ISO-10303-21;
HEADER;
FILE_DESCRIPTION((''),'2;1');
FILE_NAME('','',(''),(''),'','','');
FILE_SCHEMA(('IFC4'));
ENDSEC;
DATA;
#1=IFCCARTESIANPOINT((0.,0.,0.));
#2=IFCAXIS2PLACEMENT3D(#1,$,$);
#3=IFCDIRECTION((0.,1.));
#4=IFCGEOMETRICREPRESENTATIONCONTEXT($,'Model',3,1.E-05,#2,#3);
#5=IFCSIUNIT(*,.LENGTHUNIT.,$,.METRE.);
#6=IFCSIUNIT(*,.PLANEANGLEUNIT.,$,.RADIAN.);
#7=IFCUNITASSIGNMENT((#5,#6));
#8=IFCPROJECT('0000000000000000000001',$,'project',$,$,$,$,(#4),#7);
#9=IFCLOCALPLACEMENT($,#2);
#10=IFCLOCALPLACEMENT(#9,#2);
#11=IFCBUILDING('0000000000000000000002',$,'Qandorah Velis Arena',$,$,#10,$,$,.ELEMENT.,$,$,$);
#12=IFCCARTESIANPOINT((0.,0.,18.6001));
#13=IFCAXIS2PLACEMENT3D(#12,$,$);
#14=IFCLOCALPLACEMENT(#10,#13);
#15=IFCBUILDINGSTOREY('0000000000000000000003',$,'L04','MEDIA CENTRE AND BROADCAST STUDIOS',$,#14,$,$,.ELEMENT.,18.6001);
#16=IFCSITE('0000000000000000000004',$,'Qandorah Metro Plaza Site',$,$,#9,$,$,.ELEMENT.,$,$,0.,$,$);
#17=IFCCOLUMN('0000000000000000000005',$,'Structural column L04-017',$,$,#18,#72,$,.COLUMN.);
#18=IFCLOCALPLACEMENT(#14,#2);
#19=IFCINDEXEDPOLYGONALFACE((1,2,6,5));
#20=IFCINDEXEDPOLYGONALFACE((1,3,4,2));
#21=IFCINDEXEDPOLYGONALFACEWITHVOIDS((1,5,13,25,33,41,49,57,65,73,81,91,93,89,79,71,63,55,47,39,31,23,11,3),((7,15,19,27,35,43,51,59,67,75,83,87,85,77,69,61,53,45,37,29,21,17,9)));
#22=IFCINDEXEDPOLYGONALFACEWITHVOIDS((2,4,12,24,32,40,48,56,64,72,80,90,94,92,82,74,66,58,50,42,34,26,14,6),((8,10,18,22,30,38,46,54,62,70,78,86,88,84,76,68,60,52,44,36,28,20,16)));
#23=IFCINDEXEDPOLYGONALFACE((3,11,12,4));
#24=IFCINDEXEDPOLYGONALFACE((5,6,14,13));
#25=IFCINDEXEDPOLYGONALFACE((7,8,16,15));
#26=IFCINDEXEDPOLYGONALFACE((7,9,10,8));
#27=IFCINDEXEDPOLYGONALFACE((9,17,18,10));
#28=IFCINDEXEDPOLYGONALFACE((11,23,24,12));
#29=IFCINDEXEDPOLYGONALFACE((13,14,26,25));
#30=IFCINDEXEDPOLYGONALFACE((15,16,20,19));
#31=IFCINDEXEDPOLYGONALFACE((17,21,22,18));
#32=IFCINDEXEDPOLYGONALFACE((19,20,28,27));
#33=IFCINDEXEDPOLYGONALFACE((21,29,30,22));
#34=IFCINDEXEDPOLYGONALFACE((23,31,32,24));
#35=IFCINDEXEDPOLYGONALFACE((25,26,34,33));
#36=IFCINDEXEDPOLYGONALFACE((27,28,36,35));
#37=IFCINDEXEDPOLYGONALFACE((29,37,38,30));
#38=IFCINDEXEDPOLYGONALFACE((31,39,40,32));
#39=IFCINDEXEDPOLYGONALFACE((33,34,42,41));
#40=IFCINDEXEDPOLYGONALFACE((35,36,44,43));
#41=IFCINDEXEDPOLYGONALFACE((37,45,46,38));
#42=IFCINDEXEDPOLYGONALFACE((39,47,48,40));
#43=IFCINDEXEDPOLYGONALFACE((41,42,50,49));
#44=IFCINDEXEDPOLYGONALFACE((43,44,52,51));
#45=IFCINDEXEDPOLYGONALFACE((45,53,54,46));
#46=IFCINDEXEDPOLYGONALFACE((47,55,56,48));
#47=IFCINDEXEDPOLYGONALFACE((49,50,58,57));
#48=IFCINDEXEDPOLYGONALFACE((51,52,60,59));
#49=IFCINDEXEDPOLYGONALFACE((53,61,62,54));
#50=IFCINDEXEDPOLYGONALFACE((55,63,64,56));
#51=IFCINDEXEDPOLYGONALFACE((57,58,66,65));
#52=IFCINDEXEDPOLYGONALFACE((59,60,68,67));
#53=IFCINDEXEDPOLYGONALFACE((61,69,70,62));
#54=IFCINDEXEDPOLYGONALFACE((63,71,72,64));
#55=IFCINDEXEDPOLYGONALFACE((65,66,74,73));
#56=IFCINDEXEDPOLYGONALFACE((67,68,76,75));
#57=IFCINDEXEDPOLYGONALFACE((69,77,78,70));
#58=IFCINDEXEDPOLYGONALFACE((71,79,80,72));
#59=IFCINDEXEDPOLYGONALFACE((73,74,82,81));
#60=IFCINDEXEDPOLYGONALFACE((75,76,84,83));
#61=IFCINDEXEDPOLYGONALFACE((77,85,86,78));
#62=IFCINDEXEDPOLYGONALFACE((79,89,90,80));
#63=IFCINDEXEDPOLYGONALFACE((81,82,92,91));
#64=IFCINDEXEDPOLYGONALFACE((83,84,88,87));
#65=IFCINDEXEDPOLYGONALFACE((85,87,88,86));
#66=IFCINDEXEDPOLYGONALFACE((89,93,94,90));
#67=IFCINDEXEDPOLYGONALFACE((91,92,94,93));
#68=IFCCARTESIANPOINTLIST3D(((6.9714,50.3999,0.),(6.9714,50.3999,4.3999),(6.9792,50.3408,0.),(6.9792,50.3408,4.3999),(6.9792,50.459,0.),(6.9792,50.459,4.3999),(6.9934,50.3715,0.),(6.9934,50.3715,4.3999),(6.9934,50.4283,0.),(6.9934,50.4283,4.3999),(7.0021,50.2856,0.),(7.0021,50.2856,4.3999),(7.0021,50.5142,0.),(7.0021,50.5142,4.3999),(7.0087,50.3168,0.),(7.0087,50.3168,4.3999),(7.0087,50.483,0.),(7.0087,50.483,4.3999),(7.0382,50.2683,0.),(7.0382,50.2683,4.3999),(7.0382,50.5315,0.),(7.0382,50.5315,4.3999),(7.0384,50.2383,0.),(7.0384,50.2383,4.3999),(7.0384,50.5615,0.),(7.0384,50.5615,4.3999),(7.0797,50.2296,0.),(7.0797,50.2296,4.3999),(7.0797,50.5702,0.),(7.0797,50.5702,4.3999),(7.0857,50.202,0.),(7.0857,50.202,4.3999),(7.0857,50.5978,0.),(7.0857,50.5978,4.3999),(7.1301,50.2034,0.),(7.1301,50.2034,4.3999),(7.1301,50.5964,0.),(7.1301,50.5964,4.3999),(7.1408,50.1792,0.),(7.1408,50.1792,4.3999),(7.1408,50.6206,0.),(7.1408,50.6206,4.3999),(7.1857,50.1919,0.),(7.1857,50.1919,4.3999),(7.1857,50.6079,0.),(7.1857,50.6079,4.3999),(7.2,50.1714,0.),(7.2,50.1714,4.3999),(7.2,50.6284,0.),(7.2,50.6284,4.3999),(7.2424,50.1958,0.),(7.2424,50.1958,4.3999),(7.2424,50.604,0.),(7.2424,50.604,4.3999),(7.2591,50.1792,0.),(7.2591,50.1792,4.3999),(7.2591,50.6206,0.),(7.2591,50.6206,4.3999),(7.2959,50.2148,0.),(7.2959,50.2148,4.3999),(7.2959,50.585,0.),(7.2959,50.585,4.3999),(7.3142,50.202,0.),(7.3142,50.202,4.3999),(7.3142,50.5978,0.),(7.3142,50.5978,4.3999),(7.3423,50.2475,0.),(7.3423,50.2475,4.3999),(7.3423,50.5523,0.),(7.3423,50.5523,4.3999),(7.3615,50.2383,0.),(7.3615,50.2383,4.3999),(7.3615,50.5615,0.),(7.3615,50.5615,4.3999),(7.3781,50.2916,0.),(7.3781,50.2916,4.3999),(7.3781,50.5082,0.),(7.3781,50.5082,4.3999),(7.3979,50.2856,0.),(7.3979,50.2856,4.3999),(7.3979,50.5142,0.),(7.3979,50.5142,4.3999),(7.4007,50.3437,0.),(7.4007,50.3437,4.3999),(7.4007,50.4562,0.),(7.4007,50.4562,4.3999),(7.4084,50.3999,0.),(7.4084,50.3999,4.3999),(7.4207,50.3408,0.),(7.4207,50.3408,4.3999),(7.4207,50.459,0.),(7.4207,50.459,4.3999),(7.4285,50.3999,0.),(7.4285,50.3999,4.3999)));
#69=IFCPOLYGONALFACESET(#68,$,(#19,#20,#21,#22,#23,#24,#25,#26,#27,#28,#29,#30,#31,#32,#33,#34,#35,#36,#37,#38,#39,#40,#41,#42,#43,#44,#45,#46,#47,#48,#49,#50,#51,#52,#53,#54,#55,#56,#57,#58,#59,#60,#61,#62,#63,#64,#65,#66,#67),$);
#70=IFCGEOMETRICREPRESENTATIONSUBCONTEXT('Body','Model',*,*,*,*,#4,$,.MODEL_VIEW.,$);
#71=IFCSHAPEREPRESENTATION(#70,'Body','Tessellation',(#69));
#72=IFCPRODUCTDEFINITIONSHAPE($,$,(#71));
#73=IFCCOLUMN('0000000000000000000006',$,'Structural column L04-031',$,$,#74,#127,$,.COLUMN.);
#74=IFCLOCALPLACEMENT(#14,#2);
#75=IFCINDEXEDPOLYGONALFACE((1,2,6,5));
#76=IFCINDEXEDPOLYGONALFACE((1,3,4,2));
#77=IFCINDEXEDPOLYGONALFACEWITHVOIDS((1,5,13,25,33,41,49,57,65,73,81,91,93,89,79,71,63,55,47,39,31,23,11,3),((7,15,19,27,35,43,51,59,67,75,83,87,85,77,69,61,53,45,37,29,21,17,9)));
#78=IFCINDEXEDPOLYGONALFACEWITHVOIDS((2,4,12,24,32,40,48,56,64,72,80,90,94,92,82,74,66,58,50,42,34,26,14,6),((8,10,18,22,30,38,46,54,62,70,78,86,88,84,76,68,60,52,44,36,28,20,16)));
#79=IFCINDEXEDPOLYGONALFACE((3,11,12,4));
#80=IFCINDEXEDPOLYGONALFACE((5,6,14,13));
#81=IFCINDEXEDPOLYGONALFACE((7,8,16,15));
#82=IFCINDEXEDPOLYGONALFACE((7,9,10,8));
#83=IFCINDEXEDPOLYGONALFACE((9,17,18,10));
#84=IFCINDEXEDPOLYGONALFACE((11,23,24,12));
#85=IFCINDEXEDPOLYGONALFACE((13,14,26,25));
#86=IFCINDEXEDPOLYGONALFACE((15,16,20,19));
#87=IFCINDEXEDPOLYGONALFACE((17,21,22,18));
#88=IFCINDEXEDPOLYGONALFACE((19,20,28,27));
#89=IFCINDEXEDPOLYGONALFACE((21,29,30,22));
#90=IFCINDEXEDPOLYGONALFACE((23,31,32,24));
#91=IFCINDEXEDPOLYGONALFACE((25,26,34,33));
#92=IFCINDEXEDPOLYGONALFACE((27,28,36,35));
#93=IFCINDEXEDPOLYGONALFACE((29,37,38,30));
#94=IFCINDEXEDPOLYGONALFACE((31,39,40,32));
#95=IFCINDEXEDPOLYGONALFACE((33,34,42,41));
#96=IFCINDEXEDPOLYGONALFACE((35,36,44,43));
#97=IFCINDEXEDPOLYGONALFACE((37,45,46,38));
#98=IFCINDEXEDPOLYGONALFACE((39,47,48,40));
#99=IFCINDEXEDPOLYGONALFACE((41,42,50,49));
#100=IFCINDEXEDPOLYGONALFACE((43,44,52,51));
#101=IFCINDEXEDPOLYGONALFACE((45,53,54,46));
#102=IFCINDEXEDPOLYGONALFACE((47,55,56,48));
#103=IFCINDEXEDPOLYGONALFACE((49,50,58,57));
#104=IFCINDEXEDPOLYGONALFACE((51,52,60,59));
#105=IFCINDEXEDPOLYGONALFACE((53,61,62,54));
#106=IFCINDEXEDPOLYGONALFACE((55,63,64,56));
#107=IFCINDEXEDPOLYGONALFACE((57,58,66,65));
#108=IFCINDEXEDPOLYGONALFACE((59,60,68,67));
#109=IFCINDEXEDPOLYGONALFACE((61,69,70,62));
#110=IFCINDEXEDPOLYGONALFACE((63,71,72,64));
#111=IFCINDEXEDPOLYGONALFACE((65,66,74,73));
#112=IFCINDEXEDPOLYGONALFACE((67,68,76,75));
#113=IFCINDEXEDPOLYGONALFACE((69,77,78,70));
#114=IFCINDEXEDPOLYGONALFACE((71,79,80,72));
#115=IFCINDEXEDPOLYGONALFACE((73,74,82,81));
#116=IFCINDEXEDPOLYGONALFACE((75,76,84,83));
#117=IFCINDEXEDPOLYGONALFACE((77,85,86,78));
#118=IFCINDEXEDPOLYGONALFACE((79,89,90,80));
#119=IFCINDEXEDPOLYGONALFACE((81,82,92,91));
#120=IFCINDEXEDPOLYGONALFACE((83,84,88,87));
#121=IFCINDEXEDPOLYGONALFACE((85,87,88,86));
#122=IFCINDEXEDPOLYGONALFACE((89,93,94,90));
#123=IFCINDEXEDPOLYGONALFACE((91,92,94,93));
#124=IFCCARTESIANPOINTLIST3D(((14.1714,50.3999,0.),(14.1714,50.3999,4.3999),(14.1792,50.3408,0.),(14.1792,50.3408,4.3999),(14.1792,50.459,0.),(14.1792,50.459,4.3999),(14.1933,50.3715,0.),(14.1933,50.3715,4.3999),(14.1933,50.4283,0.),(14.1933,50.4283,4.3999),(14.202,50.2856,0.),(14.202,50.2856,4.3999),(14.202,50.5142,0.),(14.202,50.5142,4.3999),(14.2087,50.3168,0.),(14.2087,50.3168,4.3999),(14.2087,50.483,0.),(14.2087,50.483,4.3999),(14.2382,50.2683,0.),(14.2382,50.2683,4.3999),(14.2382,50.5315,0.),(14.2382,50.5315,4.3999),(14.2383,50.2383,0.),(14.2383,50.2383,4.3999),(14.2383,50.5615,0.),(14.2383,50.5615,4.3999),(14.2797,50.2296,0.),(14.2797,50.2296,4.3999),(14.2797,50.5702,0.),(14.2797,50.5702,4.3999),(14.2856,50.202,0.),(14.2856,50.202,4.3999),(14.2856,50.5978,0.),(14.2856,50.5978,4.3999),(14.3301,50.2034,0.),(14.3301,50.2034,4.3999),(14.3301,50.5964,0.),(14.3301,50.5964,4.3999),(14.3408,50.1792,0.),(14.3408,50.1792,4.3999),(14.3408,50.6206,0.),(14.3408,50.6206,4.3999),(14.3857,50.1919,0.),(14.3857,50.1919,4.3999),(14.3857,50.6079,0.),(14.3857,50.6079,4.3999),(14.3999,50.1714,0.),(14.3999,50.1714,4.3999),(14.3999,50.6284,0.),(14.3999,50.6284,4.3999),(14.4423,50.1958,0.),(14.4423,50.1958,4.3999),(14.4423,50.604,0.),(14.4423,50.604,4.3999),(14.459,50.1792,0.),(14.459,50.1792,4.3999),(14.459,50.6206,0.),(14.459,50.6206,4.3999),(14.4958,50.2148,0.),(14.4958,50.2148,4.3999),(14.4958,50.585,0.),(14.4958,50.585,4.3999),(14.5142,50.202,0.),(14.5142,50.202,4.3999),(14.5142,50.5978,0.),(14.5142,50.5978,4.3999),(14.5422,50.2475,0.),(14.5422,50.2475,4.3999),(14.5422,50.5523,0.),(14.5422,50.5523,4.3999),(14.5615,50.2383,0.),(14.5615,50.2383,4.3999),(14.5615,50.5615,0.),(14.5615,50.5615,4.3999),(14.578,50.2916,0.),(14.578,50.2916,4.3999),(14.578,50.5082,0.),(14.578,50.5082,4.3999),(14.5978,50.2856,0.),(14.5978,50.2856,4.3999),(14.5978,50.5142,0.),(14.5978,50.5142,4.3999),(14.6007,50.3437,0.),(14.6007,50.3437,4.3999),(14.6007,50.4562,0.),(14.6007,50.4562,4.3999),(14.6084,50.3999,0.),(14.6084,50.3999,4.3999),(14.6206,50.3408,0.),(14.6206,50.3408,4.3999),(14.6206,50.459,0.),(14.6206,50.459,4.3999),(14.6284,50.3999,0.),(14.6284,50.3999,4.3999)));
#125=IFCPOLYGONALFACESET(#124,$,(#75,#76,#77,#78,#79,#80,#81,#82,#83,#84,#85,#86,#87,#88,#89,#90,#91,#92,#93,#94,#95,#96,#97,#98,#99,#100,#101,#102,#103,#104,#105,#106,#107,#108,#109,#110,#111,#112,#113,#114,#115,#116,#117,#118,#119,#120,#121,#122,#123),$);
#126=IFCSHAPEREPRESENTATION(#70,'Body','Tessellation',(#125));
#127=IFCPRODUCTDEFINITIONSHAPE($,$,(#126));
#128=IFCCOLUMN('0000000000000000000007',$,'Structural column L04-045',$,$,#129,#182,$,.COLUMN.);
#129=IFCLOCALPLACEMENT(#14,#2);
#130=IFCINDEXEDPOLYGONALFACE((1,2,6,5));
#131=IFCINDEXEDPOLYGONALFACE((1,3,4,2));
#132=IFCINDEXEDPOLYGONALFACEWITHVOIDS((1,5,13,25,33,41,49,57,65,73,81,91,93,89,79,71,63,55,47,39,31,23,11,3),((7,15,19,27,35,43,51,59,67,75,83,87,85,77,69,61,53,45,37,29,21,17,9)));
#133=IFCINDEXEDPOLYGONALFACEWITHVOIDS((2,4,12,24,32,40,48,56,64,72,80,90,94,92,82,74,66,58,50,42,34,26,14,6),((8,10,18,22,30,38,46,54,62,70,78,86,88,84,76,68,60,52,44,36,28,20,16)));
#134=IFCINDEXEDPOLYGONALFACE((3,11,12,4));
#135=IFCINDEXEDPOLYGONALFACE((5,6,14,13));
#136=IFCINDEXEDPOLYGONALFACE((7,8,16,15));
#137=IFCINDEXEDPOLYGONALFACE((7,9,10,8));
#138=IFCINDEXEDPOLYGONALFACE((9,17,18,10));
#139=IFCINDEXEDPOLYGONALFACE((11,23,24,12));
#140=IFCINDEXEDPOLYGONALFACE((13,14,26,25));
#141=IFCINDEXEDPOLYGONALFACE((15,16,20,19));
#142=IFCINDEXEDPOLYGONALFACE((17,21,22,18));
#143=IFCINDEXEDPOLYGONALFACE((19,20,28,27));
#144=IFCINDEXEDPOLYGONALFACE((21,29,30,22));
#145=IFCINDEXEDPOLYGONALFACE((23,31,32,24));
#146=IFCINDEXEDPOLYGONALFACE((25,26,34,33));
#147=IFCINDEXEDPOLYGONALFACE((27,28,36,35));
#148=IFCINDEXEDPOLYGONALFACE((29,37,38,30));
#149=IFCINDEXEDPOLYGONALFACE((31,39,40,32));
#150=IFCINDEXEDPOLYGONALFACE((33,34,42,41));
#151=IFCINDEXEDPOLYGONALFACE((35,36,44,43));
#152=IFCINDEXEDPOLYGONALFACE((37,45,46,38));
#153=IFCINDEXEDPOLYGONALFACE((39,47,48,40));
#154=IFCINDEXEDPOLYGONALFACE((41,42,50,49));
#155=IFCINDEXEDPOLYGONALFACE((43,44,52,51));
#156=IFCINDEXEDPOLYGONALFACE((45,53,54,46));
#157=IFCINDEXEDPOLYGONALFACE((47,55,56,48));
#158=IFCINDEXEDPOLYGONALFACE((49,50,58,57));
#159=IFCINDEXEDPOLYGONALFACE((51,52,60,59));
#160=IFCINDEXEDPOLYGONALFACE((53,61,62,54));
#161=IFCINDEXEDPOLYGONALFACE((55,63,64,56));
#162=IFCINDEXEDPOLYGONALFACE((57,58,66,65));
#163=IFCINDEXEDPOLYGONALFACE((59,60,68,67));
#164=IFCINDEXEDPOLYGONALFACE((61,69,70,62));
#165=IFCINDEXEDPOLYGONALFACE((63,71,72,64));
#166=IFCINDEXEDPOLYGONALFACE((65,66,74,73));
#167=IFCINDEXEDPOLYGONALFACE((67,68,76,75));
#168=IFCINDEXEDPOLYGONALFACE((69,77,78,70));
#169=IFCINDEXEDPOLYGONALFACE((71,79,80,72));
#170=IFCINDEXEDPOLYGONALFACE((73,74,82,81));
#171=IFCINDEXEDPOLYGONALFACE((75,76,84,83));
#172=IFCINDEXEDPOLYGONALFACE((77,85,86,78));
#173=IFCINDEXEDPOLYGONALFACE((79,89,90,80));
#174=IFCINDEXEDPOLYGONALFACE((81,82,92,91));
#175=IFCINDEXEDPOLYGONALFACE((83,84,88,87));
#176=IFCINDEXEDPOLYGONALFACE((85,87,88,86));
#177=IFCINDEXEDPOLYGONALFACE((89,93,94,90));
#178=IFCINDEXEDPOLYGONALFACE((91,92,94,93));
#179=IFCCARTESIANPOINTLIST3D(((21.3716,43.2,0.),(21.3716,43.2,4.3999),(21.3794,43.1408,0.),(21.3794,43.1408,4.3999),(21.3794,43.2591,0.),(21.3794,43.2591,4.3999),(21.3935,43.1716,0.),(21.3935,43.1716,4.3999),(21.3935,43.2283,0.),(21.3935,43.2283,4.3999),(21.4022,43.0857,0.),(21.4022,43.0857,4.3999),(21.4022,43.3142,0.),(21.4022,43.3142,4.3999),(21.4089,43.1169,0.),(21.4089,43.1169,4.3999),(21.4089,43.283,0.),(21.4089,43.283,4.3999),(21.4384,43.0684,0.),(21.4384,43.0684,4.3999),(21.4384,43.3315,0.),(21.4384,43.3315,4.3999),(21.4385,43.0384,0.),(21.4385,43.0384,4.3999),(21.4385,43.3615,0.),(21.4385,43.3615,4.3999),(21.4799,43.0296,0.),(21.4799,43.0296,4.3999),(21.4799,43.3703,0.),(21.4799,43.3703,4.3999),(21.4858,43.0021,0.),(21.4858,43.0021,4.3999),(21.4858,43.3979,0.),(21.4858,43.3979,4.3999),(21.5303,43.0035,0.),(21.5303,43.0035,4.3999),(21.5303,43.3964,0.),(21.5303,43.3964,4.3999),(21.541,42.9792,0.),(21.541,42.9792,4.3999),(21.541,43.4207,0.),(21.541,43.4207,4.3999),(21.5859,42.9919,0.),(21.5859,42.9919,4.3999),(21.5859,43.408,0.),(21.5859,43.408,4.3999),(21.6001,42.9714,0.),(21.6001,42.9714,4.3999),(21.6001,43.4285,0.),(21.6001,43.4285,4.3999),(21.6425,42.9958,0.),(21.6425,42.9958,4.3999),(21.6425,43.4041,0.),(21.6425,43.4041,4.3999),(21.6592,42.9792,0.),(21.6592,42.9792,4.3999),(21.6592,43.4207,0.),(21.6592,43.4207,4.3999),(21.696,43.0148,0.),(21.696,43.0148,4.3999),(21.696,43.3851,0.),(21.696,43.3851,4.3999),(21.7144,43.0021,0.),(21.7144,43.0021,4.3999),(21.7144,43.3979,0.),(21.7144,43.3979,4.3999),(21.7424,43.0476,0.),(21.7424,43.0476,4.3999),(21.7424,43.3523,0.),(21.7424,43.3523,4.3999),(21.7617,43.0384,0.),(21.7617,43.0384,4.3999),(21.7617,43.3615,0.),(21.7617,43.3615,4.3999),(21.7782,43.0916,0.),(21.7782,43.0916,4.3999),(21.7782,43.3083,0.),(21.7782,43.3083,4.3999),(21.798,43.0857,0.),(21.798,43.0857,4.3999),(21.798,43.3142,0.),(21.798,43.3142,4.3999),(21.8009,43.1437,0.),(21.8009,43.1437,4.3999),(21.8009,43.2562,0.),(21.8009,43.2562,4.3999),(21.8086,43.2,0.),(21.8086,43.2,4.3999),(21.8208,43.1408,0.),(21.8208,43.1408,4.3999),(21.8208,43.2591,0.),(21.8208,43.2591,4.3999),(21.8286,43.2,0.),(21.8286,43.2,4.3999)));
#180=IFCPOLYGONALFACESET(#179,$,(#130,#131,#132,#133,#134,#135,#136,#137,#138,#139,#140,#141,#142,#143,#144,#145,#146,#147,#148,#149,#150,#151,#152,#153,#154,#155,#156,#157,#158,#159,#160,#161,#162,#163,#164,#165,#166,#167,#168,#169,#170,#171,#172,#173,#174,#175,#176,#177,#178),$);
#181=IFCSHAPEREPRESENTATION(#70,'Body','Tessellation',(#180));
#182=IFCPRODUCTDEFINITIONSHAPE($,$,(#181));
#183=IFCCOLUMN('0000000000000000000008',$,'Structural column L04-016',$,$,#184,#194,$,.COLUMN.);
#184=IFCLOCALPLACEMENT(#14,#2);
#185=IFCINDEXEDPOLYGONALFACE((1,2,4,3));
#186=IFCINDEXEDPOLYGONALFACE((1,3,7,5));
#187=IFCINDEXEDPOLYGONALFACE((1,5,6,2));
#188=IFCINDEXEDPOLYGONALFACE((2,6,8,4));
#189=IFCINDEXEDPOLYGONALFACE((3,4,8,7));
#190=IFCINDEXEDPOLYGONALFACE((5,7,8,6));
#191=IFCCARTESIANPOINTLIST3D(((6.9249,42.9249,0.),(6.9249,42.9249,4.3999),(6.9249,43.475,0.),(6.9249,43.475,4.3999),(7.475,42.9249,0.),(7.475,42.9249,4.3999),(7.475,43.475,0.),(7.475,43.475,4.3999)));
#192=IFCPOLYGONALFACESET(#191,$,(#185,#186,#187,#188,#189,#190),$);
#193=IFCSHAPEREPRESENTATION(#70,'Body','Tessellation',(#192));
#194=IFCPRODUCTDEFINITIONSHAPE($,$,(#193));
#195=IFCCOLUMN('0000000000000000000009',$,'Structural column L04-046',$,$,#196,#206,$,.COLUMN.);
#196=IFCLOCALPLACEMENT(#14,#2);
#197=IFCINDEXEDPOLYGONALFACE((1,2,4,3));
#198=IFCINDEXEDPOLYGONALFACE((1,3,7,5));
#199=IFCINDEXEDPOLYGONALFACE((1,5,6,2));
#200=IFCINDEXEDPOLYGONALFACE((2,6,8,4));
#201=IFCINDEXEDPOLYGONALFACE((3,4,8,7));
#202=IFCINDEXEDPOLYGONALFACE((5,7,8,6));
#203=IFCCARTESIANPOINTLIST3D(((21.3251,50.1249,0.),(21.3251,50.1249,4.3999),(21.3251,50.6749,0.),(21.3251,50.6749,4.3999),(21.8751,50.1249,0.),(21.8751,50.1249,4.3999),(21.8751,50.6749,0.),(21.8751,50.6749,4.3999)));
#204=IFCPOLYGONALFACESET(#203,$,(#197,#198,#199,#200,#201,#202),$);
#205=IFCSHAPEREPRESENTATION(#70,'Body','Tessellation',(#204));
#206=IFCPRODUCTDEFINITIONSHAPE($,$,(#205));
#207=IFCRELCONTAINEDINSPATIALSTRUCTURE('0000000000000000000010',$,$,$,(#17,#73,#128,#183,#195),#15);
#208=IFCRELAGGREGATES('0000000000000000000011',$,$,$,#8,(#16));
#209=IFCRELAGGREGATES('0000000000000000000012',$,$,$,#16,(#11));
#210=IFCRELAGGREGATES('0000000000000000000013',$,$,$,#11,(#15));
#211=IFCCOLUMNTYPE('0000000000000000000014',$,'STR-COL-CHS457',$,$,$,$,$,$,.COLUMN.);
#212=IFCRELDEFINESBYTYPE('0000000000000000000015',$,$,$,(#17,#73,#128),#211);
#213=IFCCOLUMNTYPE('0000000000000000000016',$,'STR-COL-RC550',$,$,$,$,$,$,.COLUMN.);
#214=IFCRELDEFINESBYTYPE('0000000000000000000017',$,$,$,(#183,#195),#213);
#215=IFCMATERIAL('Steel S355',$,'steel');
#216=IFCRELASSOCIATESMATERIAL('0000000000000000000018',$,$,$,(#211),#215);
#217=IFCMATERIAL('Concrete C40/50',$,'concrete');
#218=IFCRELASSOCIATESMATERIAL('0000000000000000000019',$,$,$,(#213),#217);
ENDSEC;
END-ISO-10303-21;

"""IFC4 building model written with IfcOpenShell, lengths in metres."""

from ifc_helpers import new_model, si_unit, direction, frame, origin, origin_2d, place, context, subcontext, project, spatial, rectangle, hollow_circle, extrude, material, material_profile, profile_set, type_object, element, save


model = new_model("IFC4")

# Units and contexts
model_context = context("Model", 3, precision=1e-05, world=origin(), true_north=direction((0.0, 1.0)))
body_context = subcontext(model_context, "Body", "Model", "MODEL_VIEW")
ifc_project = project(units=[si_unit("LENGTHUNIT", "METRE"), si_unit("PLANEANGLEUNIT", "RADIAN")], contexts=[model_context])

# Site, building, storey
site_placement = place(None, origin())
site = spatial("IfcSite", under=ifc_project, at=site_placement, Name="Qandorah Metro Plaza Site", CompositionType="ELEMENT", RefElevation=0.0)
building_placement = place(site_placement, origin())
building = spatial("IfcBuilding", under=site, at=building_placement, Name="Qandorah Velis Arena", CompositionType="ELEMENT")
storey_placement = place(building_placement, frame((0.0, 0.0, 18.6001)))
storey = spatial("IfcBuildingStorey", under=building, at=storey_placement, Name="L04", Description="MEDIA CENTRE AND BROADCAST STUDIOS", CompositionType="ELEMENT", Elevation=18.6001)

# Columns
ifc_material_1 = material(Name="Steel S355", Category="steel")
ifc_material_profile_1 = material_profile(ifc_material_1, hollow_circle(Radius=0.2285, WallThickness=0.02, at=origin_2d()), Name="CHS 457x20")
ifc_profile_set_1 = profile_set([ifc_material_profile_1], Name="Steel S355")
column_type_1 = type_object("IfcColumnType", Name="STR-COL-CHS457", PredefinedType="COLUMN", material=ifc_profile_set_1)
for number, where, z_axis, x_axis, name in (
    (1, (7.2, 50.3999, 0.0), (0.0, 0.0, 1.0), (1.0, 0.0, 0.0), "Structural column L04-017"),
    (2, (14.3999, 50.3999, 0.0), (0.0, 0.0, 1.0), (1.0, 0.0, 0.0), "Structural column L04-031"),
    (3, (21.6001, 43.2, 0.0), (0.0, 0.0, 1.0), (1.0, 0.0, 0.0), "Structural column L04-045"),
):
    element("IfcColumn", number, at=place(storey_placement, frame(where, z_axis=z_axis, x_axis=x_axis)), inside=storey, type_object=column_type_1, Name=name, PredefinedType="COLUMN", context=body_context, shape_type="SweptSolid", body=[
        extrude(hollow_circle(Radius=0.2285, WallThickness=0.02, at=origin_2d()), origin(), (0.0, 0.0, 1.0), 4.3999),
    ])
ifc_material_2 = material(Name="Concrete C40/50", Category="concrete")
ifc_material_profile_2 = material_profile(ifc_material_2, rectangle(XDim=0.55, YDim=0.55, at=origin_2d()), Name="RC COL 550x550")
ifc_profile_set_2 = profile_set([ifc_material_profile_2], Name="Concrete C40/50")
column_type_2 = type_object("IfcColumnType", Name="STR-COL-RC550", PredefinedType="COLUMN", material=ifc_profile_set_2)
for number, where, z_axis, x_axis, name in (
    (4, (7.2, 43.2, 0.0), (0.0, 0.0, 1.0), (1.0, 0.0, 0.0), "Structural column L04-016"),
    (5, (21.6001, 50.3999, 0.0), (0.0, 0.0, 1.0), (1.0, 0.0, 0.0), "Structural column L04-046"),
):
    element("IfcColumn", number, at=place(storey_placement, frame(where, z_axis=z_axis, x_axis=x_axis)), inside=storey, type_object=column_type_2, Name=name, PredefinedType="COLUMN", context=body_context, shape_type="SweptSolid", body=[
        extrude(rectangle(XDim=0.55, YDim=0.55, at=origin_2d()), origin(), (0.0, 0.0, 1.0), 4.3999),
    ])

save(model, "model.ifc")
